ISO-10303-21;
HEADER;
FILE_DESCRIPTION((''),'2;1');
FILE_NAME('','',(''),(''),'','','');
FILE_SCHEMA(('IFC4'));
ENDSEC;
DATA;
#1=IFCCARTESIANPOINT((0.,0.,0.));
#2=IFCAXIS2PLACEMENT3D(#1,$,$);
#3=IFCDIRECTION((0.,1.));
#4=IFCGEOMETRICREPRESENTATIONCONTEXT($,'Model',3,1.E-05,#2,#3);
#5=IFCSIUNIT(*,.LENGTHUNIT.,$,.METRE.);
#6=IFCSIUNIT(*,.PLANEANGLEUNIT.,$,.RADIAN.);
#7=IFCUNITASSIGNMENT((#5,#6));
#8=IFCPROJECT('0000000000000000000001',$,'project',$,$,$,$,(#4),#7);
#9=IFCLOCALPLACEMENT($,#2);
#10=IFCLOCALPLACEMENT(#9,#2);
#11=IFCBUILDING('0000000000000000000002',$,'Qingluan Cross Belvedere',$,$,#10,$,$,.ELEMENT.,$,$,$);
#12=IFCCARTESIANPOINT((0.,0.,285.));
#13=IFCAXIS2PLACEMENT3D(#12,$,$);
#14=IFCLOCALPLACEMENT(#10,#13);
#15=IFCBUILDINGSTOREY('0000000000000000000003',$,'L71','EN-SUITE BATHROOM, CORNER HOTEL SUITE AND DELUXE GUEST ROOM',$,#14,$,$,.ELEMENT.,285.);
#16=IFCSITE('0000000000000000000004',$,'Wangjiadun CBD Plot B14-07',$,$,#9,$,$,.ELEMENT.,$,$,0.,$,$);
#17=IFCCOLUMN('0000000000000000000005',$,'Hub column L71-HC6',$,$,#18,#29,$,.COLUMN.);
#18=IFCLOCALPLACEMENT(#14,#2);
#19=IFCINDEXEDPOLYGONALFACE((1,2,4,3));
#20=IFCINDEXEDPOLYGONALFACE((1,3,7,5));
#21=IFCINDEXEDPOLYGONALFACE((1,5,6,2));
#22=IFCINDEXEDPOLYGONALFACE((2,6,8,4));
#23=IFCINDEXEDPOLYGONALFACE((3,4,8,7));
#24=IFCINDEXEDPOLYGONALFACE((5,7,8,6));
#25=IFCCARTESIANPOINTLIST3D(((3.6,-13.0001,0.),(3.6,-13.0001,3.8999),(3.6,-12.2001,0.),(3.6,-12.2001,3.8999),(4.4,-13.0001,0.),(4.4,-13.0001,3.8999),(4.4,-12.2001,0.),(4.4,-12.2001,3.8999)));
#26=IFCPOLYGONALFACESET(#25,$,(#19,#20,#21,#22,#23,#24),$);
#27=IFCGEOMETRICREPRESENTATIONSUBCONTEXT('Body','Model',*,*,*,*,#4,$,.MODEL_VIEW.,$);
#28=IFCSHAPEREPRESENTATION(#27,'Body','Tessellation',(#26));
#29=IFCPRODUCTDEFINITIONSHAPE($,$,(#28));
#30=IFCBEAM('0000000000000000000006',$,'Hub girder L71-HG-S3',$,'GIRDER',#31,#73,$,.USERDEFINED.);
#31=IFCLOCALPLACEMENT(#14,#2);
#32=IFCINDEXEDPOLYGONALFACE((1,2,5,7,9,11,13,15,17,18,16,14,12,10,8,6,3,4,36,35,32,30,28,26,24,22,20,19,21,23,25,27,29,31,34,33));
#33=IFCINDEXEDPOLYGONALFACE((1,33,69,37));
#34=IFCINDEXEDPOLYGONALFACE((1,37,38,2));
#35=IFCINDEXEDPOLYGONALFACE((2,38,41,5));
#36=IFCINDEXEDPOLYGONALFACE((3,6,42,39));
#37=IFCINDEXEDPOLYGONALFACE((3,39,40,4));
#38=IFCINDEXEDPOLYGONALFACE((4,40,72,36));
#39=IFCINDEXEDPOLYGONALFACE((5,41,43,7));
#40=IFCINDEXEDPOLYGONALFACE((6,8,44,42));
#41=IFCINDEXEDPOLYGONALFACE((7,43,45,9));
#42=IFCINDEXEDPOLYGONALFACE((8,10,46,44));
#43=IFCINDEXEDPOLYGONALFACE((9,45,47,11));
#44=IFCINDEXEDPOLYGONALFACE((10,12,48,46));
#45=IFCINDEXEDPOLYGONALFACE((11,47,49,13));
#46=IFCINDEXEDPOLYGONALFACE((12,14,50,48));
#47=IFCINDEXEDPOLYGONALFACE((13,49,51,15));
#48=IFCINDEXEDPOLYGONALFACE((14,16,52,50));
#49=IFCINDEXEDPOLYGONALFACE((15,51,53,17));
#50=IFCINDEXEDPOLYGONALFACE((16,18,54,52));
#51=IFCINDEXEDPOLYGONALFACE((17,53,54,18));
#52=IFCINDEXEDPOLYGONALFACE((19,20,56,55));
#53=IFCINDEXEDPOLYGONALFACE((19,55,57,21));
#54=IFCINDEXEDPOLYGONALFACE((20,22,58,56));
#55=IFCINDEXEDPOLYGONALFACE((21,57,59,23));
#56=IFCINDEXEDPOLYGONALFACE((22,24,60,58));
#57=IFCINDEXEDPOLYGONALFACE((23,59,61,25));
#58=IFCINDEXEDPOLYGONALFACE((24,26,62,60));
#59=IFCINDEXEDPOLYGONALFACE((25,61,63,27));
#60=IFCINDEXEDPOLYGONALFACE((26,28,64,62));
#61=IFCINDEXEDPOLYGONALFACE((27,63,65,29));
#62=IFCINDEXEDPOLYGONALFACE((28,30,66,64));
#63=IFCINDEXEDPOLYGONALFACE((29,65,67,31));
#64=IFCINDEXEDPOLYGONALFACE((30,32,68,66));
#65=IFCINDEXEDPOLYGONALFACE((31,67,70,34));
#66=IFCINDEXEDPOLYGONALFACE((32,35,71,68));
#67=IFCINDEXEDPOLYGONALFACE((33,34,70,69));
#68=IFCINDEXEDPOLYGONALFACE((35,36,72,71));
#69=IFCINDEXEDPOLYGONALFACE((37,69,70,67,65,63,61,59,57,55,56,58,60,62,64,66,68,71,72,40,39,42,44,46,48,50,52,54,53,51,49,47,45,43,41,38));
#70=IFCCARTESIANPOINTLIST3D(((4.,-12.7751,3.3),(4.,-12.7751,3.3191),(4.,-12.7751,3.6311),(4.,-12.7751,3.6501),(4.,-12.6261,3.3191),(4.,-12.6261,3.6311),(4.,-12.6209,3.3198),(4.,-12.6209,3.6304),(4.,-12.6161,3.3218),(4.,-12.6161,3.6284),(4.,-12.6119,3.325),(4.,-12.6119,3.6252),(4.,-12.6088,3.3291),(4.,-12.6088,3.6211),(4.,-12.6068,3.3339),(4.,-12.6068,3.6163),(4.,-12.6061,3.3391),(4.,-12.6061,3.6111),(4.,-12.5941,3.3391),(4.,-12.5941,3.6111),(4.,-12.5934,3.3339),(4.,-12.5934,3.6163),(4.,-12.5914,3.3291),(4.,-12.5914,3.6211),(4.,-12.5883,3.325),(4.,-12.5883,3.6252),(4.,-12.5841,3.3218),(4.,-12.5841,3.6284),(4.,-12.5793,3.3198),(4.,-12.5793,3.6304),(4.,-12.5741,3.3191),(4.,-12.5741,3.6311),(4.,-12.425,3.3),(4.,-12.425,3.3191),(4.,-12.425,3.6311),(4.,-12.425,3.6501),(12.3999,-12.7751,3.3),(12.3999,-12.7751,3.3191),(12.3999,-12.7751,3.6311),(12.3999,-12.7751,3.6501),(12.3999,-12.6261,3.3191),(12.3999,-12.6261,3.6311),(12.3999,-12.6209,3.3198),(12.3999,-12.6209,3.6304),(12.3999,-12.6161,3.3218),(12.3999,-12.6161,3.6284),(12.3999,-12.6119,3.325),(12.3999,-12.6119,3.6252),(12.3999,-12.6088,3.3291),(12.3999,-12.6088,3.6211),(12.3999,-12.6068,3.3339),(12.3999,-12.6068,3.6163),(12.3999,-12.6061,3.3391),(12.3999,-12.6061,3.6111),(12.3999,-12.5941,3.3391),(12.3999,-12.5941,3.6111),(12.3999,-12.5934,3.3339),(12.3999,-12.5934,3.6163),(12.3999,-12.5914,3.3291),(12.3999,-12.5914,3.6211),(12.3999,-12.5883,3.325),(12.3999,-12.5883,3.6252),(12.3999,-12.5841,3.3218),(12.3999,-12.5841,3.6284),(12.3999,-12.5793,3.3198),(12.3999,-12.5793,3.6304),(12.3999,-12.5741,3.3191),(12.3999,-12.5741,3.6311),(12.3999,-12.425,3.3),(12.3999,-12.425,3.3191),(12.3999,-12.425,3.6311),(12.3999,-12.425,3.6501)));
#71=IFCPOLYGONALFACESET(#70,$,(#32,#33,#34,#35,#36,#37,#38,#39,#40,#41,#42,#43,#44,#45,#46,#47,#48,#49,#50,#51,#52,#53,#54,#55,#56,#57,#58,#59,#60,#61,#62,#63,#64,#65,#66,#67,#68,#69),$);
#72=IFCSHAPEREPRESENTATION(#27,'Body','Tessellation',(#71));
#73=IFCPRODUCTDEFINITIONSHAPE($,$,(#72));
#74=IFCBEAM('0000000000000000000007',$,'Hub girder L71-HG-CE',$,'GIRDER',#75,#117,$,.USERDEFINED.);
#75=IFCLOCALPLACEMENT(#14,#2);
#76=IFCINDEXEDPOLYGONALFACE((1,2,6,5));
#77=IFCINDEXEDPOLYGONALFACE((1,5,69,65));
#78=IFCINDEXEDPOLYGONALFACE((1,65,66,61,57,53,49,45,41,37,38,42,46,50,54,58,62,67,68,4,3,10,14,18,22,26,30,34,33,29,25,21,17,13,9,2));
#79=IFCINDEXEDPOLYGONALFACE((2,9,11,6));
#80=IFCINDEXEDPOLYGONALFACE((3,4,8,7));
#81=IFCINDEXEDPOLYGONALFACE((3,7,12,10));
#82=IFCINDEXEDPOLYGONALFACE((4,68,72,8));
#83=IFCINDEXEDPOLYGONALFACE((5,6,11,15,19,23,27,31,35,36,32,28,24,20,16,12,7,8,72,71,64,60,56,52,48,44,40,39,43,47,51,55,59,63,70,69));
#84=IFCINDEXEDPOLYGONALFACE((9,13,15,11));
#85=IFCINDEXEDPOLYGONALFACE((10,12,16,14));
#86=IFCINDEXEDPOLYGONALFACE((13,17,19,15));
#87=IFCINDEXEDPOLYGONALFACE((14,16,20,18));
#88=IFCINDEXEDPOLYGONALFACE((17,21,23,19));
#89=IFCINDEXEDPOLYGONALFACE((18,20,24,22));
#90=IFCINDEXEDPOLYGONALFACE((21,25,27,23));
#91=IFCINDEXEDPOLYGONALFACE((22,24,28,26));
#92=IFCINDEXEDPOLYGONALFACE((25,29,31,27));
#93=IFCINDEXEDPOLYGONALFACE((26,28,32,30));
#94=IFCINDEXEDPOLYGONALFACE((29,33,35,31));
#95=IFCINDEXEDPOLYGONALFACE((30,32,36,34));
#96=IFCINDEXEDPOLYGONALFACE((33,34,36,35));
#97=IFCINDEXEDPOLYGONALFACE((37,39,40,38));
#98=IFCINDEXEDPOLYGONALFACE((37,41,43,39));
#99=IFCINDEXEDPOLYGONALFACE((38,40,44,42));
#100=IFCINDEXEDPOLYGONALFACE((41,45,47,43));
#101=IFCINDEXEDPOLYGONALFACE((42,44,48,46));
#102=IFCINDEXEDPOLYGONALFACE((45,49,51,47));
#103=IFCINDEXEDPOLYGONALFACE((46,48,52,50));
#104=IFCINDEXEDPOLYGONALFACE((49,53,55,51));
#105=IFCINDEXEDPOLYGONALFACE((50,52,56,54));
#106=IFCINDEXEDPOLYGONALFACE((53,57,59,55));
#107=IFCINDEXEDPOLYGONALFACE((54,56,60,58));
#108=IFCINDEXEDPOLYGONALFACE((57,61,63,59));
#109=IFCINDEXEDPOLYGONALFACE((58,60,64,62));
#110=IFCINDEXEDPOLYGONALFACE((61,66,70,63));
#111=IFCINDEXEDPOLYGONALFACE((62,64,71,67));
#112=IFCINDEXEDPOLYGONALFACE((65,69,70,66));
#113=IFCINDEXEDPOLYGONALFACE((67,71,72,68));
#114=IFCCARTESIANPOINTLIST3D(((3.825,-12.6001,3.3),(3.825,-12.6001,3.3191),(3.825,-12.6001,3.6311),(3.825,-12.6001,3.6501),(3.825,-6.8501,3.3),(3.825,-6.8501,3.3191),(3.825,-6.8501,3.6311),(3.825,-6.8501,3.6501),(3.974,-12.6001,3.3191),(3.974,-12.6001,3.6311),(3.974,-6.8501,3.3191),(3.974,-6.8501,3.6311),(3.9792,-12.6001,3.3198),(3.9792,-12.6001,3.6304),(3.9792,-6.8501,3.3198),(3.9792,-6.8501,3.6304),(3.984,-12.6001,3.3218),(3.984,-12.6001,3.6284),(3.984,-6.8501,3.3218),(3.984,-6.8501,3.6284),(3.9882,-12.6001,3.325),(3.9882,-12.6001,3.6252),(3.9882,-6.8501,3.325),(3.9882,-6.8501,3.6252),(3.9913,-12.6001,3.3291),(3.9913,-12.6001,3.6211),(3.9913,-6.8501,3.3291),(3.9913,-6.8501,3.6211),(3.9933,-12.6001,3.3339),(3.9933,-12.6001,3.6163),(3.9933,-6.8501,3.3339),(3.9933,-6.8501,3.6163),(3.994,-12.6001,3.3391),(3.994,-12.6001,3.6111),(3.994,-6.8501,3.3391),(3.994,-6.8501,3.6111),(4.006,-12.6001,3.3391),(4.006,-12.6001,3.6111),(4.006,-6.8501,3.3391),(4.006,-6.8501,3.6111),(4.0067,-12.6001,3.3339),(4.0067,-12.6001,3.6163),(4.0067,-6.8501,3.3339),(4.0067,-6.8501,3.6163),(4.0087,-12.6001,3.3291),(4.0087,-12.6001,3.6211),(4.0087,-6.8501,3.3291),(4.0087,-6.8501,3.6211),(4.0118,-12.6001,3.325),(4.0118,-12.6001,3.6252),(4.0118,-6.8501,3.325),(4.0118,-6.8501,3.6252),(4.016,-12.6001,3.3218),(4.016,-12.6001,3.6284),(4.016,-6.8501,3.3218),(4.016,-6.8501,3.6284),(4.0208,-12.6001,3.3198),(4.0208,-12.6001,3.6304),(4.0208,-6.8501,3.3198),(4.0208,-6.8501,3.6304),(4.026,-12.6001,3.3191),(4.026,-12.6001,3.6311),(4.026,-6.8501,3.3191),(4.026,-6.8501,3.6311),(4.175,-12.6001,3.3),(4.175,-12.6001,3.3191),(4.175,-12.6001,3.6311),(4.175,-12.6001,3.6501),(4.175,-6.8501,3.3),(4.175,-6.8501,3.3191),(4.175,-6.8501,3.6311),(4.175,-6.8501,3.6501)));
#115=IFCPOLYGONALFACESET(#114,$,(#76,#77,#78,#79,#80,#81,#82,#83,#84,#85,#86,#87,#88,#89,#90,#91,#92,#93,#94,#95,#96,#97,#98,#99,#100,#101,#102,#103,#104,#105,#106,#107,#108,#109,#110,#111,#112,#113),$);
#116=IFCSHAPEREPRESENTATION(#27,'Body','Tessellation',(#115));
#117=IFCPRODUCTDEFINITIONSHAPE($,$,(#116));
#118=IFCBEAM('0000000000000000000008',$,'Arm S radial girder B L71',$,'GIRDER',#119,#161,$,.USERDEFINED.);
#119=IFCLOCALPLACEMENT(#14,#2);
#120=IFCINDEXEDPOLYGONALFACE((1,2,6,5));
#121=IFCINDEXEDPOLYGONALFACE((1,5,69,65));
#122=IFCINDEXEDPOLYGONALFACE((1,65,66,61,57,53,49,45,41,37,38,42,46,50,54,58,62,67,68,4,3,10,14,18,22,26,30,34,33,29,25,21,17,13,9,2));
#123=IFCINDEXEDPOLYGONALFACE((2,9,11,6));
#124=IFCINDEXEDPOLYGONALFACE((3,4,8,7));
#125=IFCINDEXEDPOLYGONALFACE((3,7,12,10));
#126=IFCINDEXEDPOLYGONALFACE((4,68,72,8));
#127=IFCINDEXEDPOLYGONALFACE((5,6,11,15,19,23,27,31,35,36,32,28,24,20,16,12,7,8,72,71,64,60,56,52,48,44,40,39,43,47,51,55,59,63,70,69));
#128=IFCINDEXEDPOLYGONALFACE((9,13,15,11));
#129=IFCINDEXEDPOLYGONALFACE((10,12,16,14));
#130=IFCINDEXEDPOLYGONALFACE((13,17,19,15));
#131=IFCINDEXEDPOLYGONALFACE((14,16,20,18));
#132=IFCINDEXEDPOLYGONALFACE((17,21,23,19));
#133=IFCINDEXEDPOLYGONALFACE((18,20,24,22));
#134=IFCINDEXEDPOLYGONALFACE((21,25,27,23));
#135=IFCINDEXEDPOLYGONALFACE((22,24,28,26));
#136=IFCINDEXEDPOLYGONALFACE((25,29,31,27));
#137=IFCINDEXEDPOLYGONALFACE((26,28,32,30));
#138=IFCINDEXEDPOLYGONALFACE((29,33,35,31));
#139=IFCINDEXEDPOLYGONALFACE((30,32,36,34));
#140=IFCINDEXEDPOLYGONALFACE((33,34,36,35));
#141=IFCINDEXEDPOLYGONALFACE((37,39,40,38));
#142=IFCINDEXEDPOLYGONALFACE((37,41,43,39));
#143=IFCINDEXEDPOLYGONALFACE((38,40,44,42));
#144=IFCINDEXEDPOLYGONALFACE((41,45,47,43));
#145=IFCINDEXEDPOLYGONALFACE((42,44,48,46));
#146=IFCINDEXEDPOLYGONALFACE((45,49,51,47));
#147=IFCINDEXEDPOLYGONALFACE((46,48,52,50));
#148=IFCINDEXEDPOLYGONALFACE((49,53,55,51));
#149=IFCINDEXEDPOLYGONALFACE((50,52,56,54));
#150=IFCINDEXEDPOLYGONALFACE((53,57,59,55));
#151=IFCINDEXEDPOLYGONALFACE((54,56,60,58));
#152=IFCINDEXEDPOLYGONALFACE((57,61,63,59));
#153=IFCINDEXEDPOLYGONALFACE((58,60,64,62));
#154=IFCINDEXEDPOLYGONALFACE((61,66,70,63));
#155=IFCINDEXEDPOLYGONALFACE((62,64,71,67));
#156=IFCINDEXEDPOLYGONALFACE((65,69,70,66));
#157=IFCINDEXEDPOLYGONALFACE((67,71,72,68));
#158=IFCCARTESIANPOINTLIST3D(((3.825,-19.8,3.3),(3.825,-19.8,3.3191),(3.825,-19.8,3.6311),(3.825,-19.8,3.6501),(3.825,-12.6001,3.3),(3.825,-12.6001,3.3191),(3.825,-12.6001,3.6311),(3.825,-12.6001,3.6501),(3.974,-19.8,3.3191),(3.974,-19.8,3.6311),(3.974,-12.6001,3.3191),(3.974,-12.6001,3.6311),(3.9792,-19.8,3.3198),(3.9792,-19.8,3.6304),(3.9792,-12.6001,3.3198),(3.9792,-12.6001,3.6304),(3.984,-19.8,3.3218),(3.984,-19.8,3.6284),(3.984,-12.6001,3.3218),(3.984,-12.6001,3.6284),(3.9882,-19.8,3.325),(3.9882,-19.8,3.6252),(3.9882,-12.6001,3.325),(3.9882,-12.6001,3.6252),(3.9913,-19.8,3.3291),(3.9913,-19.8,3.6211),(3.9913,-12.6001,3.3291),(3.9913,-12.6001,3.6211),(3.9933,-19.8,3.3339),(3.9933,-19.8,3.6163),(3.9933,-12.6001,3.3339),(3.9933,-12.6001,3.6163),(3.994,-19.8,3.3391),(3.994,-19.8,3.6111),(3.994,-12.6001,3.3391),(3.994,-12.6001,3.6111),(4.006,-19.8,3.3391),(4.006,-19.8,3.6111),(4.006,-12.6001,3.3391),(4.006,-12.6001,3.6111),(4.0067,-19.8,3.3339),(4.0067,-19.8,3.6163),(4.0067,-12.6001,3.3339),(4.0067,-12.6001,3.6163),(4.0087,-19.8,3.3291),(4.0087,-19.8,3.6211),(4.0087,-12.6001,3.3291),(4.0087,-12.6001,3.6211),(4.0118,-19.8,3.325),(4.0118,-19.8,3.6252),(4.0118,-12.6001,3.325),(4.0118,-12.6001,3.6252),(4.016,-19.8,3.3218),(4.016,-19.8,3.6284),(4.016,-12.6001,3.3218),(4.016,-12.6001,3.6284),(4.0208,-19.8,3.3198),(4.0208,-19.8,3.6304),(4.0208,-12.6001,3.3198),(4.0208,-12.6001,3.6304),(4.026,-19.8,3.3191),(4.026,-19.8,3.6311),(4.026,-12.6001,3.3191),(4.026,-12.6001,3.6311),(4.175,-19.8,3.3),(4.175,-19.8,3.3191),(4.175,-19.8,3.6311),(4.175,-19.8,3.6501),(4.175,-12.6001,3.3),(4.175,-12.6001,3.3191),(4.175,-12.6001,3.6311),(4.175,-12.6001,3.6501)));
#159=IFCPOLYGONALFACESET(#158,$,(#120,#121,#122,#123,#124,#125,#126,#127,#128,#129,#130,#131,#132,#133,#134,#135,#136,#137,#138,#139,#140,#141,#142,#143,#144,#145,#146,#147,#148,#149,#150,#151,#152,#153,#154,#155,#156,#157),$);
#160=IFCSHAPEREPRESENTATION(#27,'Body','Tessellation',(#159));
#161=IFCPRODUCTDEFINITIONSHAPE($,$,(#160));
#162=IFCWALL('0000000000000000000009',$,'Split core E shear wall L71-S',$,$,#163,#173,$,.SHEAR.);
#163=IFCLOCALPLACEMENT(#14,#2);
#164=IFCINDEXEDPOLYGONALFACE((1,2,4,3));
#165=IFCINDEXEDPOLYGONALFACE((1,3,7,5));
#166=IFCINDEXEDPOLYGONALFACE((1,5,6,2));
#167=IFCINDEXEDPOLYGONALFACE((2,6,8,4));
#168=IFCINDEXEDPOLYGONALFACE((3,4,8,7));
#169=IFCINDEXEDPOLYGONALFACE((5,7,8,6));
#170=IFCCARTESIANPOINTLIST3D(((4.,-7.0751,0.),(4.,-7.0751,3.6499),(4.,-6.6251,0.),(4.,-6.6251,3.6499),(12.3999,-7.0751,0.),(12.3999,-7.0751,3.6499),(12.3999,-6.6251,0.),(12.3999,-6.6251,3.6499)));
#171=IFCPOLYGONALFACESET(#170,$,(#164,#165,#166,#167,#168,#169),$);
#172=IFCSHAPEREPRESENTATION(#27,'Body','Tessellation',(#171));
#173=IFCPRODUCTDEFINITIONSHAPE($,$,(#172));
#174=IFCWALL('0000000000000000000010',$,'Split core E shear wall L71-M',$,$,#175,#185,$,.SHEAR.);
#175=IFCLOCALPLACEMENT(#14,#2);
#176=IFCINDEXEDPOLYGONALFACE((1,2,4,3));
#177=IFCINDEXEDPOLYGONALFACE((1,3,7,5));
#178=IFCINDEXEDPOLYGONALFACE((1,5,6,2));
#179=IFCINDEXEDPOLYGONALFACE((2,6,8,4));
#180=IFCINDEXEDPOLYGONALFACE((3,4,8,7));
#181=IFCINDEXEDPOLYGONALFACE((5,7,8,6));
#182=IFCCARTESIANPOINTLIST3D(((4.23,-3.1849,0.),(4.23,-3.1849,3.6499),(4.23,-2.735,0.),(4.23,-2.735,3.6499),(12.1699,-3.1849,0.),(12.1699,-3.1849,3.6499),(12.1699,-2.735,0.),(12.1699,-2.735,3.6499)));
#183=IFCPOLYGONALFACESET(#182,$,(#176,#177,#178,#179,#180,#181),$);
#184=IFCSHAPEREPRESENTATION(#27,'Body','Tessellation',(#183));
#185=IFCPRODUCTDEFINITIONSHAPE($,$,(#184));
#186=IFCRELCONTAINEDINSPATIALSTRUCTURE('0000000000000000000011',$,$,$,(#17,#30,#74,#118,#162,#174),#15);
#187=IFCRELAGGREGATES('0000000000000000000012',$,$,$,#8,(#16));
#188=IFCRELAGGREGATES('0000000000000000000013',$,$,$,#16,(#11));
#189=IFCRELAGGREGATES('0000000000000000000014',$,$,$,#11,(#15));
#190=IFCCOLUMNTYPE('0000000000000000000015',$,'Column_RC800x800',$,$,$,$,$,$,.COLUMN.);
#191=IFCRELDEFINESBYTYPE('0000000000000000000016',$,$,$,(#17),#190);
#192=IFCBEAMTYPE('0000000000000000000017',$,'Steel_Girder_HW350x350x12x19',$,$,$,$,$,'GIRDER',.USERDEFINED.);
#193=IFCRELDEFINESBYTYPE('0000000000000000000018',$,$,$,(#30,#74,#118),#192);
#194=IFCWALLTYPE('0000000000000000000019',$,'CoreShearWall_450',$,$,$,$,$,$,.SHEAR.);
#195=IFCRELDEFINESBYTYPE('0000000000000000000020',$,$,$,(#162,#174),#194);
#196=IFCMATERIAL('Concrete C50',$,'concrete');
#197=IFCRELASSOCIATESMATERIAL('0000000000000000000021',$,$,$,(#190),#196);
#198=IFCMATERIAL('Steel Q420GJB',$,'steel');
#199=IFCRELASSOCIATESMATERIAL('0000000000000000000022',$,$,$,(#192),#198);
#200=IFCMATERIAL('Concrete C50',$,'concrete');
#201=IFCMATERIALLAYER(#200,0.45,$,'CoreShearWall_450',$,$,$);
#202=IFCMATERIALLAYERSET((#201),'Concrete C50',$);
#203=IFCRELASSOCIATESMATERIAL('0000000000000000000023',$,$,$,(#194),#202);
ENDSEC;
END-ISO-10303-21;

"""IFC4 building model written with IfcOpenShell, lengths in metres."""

from ifc_helpers import new_model, si_unit, direction, frame, frame_2d, origin, origin_2d, place, context, subcontext, project, spatial, rectangle, i_section, extrude, material, layer, layer_set, material_profile, profile_set, type_object, element, save


model = new_model("IFC4")

# Units and contexts
model_context = context("Model", 3, precision=1e-05, world=origin(), true_north=direction((0.0, 1.0)))
body_context = subcontext(model_context, "Body", "Model", "MODEL_VIEW")
ifc_project = project(units=[si_unit("LENGTHUNIT", "METRE"), si_unit("PLANEANGLEUNIT", "RADIAN")], contexts=[model_context])

# Site, building, storey
site_placement = place(None, origin())
site = spatial("IfcSite", under=ifc_project, at=site_placement, Name="Wangjiadun CBD Plot B14-07", CompositionType="ELEMENT", RefElevation=0.0)
building_placement = place(site_placement, origin())
building = spatial("IfcBuilding", under=site, at=building_placement, Name="Qingluan Cross Belvedere", CompositionType="ELEMENT")
storey_placement = place(building_placement, frame((0.0, 0.0, 285.0)))
storey = spatial("IfcBuildingStorey", under=building, at=storey_placement, Name="L71", Description="EN-SUITE BATHROOM, CORNER HOTEL SUITE AND DELUXE GUEST ROOM", CompositionType="ELEMENT", Elevation=285.0)

# Column
ifc_material_1 = material(Name="Concrete C50", Category="concrete")
ifc_material_profile_1 = material_profile(ifc_material_1, rectangle(XDim=0.8, YDim=0.8, at=origin_2d()), Name="RC800x800")
ifc_profile_set_1 = profile_set([ifc_material_profile_1], Name="Concrete C50")
column_type = type_object("IfcColumnType", Name="Column_RC800x800", PredefinedType="COLUMN", material=ifc_profile_set_1)
column_placement = place(storey_placement, frame((4.0, -12.6001, 0.0), z_axis=(0.0, 0.0, 1.0), x_axis=(1.0, 0.0, 0.0)))
element("IfcColumn", 1, at=column_placement, inside=storey, type_object=column_type, Name="Hub column L71-HC6", PredefinedType="COLUMN", context=body_context, shape_type="SweptSolid", body=[
    extrude(rectangle(XDim=0.8, YDim=0.8, at=origin_2d()), origin(), (0.0, 0.0, 1.0), 3.8999),
])

# Beams
ifc_material_2 = material(Name="Steel Q420GJB", Category="steel")
ifc_material_profile_2 = material_profile(ifc_material_2, i_section(OverallWidth=0.3501, OverallDepth=0.3501, WebThickness=0.012, FlangeThickness=0.019, FilletRadius=0.02, at=origin_2d()), Name="HW350x350x12x19")
ifc_profile_set_2 = profile_set([ifc_material_profile_2], Name="Steel Q420GJB")
beam_type = type_object("IfcBeamType", Name="Steel_Girder_HW350x350x12x19", ElementType="GIRDER", PredefinedType="USERDEFINED", material=ifc_profile_set_2)
beam_1_placement = place(storey_placement, frame((4.0, -12.6001, 3.4751), z_axis=(1.0, 0.0, 0.0), x_axis=(0.0, 1.0, 0.0)))
element("IfcBeam", 2, at=beam_1_placement, inside=storey, type_object=beam_type, Name="Hub girder L71-HG-S3", ObjectType="GIRDER", PredefinedType="USERDEFINED", context=body_context, shape_type="SweptSolid", body=[
    extrude(i_section(OverallWidth=0.3501, OverallDepth=0.3501, WebThickness=0.012, FlangeThickness=0.019, FilletRadius=0.02, at=origin_2d()), origin(), (0.0, 0.0, 1.0), 8.3999),
])
beam_2_placement = place(storey_placement, frame((4.0, -12.6001, 3.4751), z_axis=(0.0, 1.0, 0.0), x_axis=(-1.0, 0.0, 0.0)))
element("IfcBeam", 3, at=beam_2_placement, inside=storey, type_object=beam_type, Name="Hub girder L71-HG-CE", ObjectType="GIRDER", PredefinedType="USERDEFINED", context=body_context, shape_type="SweptSolid", body=[
    extrude(i_section(OverallWidth=0.3501, OverallDepth=0.3501, WebThickness=0.012, FlangeThickness=0.019, FilletRadius=0.02, at=origin_2d()), origin(), (0.0, 0.0, 1.0), 5.75),
])
beam_3_placement = place(storey_placement, frame((4.0, -12.6001, 3.4751), z_axis=(0.0, -1.0, 0.0), x_axis=(1.0, 0.0, 0.0)))
element("IfcBeam", 4, at=beam_3_placement, inside=storey, type_object=beam_type, Name="Arm S radial girder B L71", ObjectType="GIRDER", PredefinedType="USERDEFINED", context=body_context, shape_type="SweptSolid", body=[
    extrude(i_section(OverallWidth=0.3501, OverallDepth=0.3501, WebThickness=0.012, FlangeThickness=0.019, FilletRadius=0.02, at=origin_2d()), origin(), (0.0, 0.0, 1.0), 7.2),
])

# Wall
ifc_material_3 = material(Name="Concrete C50", Category="concrete")
ifc_layer_1 = layer(ifc_material_3, 0.45, Name="CoreShearWall_450")
ifc_layer_set_1 = layer_set([ifc_layer_1], Name="Concrete C50")
wall_type_1 = type_object("IfcWallType", Name="CoreShearWall_450", PredefinedType="SHEAR", material=ifc_layer_set_1)
wall_1_placement = place(storey_placement, frame((4.0, -6.8501, 0.0), z_axis=(0.0, 0.0, 1.0), x_axis=(1.0, 0.0, 0.0)))
element("IfcWall", 5, at=wall_1_placement, inside=storey, type_object=wall_type_1, Name="Split core E shear wall L71-S", PredefinedType="SHEAR", context=body_context, shape_type="SweptSolid", body=[
    extrude(rectangle(XDim=8.3999, YDim=0.45, at=frame_2d((4.2, 0.0))), origin(), (0.0, 0.0, 1.0), 3.6499),
])

# Wall
wall_2_placement = place(storey_placement, frame((4.23, -2.96, 0.0), z_axis=(0.0, 0.0, 1.0), x_axis=(1.0, 0.0, 0.0)))
element("IfcWall", 6, at=wall_2_placement, inside=storey, type_object=wall_type_1, Name="Split core E shear wall L71-M", PredefinedType="SHEAR", context=body_context, shape_type="SweptSolid", body=[
    extrude(rectangle(XDim=7.9399, YDim=0.45, at=frame_2d((3.97, 0.0))), origin(), (0.0, 0.0, 1.0), 3.6499),
])

save(model, "model.ifc")
